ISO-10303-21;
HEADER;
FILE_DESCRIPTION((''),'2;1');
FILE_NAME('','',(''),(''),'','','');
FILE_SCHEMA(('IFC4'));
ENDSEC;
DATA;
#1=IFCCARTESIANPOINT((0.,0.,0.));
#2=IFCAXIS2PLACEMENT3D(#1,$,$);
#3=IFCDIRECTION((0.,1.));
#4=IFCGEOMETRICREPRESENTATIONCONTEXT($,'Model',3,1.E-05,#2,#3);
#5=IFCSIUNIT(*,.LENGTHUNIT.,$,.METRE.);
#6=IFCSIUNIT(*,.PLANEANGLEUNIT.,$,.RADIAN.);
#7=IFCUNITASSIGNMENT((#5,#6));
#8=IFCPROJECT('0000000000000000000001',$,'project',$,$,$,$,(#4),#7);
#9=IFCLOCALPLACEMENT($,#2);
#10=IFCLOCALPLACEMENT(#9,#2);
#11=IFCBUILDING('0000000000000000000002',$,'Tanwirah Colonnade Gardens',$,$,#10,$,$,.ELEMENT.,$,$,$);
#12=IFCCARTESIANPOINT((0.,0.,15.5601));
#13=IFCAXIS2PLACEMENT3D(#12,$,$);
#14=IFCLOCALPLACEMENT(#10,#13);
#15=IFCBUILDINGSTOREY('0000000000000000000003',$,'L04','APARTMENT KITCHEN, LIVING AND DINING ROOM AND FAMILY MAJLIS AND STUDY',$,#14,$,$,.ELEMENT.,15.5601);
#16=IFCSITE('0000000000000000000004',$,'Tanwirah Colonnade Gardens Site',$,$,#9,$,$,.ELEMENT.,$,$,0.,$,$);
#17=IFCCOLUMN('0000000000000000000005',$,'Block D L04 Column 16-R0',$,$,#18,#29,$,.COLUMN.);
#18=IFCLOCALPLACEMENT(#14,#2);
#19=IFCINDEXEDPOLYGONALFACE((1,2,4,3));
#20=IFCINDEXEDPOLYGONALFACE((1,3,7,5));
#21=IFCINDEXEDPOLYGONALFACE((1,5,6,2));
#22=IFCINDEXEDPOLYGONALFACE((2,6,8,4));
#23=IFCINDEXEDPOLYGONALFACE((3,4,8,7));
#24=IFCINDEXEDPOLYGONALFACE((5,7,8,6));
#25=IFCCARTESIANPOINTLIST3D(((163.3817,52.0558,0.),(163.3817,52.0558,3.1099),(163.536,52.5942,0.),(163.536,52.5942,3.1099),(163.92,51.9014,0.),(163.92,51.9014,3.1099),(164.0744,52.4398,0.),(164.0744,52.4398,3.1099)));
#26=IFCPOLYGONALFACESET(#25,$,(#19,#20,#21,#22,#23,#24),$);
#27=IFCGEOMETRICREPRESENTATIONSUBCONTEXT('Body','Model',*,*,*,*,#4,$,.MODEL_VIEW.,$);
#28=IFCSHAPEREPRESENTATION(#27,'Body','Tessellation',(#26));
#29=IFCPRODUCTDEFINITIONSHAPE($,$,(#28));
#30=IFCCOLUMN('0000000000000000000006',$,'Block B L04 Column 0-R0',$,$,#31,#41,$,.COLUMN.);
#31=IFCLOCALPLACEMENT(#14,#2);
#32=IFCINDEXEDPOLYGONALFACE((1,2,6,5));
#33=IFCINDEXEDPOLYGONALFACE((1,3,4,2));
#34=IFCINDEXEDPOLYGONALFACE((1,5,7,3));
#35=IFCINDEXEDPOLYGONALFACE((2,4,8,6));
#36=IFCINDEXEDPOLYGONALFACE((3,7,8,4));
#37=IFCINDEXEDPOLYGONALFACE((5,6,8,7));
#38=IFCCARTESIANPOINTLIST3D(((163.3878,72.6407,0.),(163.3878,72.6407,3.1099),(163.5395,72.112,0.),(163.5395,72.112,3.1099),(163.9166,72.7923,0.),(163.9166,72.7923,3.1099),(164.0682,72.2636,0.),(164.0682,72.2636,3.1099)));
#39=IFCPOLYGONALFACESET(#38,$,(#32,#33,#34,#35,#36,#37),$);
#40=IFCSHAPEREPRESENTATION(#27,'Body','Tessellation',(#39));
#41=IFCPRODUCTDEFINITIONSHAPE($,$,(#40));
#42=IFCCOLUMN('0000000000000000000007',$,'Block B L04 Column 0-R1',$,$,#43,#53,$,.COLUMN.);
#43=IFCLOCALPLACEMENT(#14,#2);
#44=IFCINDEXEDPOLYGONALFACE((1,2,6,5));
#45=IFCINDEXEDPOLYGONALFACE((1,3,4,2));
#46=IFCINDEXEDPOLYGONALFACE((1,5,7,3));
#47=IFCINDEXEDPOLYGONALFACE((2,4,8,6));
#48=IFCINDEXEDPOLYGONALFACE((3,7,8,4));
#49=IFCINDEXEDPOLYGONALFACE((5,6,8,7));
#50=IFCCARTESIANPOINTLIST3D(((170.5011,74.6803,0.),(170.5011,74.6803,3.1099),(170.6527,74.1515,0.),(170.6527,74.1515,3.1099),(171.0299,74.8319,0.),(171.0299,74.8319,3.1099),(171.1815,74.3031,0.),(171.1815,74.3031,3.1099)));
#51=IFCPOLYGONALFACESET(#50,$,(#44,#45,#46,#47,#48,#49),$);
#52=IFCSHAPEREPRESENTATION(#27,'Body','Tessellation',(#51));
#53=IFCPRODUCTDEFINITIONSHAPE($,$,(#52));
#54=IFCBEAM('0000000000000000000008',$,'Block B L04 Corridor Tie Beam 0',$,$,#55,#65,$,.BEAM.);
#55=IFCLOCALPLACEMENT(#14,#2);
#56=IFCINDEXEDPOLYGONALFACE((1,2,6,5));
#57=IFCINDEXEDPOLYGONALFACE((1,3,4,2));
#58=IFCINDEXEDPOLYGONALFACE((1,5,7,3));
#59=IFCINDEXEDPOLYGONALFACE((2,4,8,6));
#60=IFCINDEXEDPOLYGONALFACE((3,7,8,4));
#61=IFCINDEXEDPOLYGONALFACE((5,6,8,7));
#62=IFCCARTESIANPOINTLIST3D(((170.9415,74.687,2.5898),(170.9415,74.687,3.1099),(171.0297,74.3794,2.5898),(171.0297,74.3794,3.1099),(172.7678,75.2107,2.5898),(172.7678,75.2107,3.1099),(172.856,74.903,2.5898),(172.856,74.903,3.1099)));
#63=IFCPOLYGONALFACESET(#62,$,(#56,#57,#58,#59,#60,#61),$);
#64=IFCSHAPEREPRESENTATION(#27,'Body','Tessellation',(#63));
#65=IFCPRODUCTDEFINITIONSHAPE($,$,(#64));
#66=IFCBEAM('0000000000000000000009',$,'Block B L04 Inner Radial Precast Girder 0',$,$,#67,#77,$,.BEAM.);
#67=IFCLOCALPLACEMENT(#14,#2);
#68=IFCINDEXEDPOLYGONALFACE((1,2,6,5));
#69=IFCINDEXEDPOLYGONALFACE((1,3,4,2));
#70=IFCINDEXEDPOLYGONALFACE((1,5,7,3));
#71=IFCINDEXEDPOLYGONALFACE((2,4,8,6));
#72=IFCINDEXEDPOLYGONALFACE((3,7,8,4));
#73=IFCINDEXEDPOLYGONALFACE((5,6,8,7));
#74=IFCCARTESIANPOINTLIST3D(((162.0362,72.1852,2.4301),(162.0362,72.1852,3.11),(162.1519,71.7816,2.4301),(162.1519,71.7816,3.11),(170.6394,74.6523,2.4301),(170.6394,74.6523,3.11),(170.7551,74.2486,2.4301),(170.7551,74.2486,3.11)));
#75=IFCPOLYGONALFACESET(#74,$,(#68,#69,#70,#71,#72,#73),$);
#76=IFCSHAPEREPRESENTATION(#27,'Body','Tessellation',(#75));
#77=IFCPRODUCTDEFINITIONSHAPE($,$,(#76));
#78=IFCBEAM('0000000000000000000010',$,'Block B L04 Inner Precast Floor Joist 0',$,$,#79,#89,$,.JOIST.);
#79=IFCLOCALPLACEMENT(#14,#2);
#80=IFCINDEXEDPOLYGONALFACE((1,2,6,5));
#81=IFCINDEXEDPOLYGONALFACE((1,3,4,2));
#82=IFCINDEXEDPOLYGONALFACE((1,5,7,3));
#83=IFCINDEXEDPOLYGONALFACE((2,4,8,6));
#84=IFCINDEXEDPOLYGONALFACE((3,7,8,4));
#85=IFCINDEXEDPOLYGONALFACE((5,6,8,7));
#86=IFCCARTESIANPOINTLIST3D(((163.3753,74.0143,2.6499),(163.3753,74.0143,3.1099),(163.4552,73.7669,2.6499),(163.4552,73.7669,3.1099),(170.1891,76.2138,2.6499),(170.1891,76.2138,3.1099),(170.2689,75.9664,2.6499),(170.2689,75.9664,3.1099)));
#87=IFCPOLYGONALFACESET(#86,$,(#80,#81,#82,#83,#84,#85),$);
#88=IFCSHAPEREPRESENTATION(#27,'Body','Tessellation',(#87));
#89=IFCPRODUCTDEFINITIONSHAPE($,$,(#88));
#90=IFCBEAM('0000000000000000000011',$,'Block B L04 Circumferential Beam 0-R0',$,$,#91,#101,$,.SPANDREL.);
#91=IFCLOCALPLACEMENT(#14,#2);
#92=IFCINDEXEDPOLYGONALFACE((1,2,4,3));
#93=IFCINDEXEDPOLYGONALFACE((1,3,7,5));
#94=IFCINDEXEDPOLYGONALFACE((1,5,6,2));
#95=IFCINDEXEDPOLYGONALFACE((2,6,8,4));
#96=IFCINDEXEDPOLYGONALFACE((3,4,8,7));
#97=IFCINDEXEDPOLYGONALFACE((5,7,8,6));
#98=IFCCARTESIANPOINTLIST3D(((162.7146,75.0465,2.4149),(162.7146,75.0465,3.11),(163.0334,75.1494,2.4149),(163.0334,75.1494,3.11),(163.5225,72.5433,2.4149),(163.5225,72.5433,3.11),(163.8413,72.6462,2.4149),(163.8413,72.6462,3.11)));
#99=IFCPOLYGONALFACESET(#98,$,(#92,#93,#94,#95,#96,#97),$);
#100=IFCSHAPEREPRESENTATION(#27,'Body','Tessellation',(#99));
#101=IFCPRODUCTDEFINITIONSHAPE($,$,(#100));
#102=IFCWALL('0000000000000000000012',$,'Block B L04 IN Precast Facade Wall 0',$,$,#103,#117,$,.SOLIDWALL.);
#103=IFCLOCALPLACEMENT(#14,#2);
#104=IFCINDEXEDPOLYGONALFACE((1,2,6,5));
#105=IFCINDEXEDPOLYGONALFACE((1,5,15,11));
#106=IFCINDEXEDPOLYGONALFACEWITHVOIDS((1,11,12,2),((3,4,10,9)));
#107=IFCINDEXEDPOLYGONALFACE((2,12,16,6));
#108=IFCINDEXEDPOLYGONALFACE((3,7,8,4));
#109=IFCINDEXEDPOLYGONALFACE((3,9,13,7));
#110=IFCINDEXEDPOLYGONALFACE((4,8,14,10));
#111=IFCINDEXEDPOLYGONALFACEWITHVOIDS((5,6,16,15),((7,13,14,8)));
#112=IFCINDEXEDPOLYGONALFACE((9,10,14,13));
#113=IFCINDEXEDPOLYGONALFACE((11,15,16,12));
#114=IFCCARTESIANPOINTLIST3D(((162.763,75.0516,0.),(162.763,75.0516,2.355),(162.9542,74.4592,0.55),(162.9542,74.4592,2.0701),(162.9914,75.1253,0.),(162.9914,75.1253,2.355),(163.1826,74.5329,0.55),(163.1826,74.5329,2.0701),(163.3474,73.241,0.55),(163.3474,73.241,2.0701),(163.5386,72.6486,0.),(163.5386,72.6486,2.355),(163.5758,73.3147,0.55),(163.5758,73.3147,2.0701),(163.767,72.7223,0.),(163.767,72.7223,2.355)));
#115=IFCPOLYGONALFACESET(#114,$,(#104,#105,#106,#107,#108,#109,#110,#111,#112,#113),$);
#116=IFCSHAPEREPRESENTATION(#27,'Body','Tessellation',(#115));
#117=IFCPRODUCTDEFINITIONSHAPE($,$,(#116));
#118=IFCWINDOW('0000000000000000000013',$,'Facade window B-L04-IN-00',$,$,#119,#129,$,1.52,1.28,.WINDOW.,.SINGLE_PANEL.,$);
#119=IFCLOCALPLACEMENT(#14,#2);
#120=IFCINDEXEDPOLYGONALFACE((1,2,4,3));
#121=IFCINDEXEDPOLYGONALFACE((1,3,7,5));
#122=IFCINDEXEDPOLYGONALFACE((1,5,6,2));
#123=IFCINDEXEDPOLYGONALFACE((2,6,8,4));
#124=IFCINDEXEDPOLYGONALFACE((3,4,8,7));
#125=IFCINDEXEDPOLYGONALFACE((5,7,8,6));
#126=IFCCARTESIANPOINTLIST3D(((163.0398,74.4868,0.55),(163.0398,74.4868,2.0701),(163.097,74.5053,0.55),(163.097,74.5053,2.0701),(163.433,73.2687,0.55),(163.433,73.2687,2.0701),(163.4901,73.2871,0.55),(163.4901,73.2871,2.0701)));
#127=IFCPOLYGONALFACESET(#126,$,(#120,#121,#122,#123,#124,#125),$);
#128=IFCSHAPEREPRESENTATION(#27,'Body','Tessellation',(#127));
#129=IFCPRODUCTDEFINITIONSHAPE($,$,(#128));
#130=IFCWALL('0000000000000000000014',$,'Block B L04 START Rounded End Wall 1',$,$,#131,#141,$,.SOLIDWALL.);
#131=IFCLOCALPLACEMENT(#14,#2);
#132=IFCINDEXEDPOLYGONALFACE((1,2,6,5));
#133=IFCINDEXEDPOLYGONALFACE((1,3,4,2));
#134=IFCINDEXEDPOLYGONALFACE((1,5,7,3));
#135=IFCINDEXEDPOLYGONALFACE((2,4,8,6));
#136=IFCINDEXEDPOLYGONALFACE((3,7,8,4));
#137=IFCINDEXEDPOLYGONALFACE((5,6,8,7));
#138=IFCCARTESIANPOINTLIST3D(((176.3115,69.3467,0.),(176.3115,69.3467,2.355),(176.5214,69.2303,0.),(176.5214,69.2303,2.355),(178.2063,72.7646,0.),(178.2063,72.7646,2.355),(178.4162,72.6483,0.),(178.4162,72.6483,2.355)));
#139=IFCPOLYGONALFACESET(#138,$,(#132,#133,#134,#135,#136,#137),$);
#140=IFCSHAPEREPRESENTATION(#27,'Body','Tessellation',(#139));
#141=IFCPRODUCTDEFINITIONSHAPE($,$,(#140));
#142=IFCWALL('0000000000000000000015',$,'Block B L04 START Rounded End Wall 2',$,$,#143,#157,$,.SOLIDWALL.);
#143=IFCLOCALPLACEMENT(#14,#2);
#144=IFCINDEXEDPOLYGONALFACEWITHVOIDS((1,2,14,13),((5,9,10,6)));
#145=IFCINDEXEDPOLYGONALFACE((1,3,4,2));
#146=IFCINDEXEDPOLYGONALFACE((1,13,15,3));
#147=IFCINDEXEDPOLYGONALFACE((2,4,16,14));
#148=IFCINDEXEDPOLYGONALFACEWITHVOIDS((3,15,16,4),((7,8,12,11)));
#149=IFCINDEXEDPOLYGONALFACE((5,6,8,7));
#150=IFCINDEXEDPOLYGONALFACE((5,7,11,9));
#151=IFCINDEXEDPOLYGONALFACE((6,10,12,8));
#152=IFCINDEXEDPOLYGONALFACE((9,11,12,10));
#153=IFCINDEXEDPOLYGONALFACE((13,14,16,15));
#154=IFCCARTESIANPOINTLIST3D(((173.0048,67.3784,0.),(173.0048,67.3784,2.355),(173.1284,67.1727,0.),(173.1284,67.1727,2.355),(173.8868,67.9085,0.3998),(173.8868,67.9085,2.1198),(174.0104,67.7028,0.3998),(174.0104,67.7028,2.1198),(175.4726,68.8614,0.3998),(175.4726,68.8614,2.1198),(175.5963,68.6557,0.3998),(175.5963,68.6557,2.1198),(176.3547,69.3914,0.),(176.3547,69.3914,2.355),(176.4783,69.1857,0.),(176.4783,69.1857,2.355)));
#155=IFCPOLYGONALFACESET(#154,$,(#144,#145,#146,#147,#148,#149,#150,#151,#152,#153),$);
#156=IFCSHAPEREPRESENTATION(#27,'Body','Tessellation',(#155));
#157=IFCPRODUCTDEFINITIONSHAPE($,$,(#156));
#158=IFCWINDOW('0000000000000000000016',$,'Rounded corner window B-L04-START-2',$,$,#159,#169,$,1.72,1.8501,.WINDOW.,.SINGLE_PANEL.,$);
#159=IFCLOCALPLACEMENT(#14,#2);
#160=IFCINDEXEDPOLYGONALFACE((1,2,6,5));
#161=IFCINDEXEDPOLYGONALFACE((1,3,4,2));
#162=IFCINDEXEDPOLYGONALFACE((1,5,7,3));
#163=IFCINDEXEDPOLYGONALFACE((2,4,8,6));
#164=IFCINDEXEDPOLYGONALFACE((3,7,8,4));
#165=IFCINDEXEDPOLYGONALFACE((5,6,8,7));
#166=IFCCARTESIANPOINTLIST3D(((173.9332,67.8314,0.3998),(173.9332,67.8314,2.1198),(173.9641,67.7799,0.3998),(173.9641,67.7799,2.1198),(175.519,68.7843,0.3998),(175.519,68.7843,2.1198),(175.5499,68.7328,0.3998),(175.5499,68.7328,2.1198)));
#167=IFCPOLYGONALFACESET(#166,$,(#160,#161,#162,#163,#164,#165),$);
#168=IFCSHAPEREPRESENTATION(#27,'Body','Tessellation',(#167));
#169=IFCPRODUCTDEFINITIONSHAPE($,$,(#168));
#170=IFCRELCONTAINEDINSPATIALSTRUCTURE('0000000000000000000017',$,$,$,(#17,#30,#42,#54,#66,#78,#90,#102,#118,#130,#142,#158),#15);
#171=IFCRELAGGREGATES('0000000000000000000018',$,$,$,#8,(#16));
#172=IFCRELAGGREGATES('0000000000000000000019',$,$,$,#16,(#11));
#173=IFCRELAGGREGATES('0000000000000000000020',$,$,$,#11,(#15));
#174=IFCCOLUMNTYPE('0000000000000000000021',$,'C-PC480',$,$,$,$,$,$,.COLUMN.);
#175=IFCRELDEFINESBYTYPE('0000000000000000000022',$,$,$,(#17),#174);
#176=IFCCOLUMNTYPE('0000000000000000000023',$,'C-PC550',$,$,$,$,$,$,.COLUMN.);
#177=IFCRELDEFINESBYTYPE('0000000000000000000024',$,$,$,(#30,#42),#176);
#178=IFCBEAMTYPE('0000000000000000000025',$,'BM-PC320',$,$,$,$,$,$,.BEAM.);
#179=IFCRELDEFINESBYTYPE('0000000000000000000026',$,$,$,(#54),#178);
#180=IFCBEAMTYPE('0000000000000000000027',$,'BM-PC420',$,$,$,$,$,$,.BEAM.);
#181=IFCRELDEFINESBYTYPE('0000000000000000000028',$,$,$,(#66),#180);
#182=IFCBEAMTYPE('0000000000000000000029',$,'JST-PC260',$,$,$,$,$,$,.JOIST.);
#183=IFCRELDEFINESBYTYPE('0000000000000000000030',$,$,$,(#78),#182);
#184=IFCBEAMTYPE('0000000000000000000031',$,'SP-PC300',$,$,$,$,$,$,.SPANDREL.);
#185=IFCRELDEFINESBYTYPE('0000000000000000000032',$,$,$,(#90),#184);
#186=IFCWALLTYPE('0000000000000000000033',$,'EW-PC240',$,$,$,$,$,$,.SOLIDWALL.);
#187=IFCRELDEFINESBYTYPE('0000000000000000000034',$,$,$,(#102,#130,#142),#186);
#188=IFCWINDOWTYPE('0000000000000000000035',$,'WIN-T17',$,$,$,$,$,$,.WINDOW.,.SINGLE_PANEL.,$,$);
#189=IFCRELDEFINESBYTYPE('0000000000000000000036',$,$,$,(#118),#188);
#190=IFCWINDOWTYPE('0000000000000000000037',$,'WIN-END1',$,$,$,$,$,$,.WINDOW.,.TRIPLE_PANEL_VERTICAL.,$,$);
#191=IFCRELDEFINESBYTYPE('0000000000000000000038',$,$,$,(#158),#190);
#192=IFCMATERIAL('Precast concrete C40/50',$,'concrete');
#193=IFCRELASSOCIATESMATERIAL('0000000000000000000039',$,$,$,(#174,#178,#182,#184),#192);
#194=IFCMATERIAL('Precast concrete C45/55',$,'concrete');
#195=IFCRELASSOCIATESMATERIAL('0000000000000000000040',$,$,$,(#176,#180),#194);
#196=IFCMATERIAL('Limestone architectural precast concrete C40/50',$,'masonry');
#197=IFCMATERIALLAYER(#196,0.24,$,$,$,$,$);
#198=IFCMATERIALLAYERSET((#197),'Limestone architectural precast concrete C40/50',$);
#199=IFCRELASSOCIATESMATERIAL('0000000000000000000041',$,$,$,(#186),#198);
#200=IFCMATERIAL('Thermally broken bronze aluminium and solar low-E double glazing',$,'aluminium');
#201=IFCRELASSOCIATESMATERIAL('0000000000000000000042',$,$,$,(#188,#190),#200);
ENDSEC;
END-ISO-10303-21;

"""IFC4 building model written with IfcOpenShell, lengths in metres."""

from ifc_helpers import new_model, si_unit, direction, frame, frame_2d, origin, origin_2d, place, context, subcontext, project, spatial, rectangle, extrude, material, layer, layer_set, material_profile, profile_set, type_object, element, fill, save


model = new_model("IFC4")

# Units and contexts
model_context = context("Model", 3, precision=1e-05, world=origin(), true_north=direction((0.0, 1.0)))
body_context = subcontext(model_context, "Body", "Model", "MODEL_VIEW")
ifc_project = project(units=[si_unit("LENGTHUNIT", "METRE"), si_unit("PLANEANGLEUNIT", "RADIAN")], contexts=[model_context])

# Site, building, storey
site_placement = place(None, origin())
site = spatial("IfcSite", under=ifc_project, at=site_placement, Name="Tanwirah Colonnade Gardens Site", CompositionType="ELEMENT", RefElevation=0.0)
building_placement = place(site_placement, origin())
building = spatial("IfcBuilding", under=site, at=building_placement, Name="Tanwirah Colonnade Gardens", CompositionType="ELEMENT")
storey_placement = place(building_placement, frame((0.0, 0.0, 15.5601)))
storey = spatial("IfcBuildingStorey", under=building, at=storey_placement, Name="L04", Description="APARTMENT KITCHEN, LIVING AND DINING ROOM AND FAMILY MAJLIS AND STUDY", CompositionType="ELEMENT", Elevation=15.5601)

# Columns
ifc_material_1 = material(Name="Precast concrete C40/50", Category="concrete")
ifc_material_profile_1 = material_profile(ifc_material_1, rectangle(XDim=0.5601, YDim=0.5601, at=origin_2d()), Name="PC-COL 560x560")
ifc_profile_set_1 = profile_set([ifc_material_profile_1], Name="Precast concrete C40/50")
column_type_1 = type_object("IfcColumnType", Name="C-PC480", PredefinedType="COLUMN", material=ifc_profile_set_1)
column_placement = place(storey_placement, frame((163.728, 52.2478, 0.0), z_axis=(0.0, 0.0, 1.0), x_axis=(0.961262, -0.275637, 0.0)))
element("IfcColumn", 1, at=column_placement, inside=storey, type_object=column_type_1, Name="Block D L04 Column 16-R0", PredefinedType="COLUMN", context=body_context, shape_type="SweptSolid", body=[
    extrude(rectangle(XDim=0.5601, YDim=0.5601, at=origin_2d()), origin(), (0.0, 0.0, 1.0), 3.1099),
])
ifc_material_2 = material(Name="Precast concrete C45/55", Category="concrete")
ifc_material_profile_2 = material_profile(ifc_material_2, rectangle(XDim=0.55, YDim=0.55, at=origin_2d()), Name="PC-COL 550x550")
ifc_profile_set_2 = profile_set([ifc_material_profile_2], Name="Precast concrete C45/55")
column_type_2 = type_object("IfcColumnType", Name="C-PC550", PredefinedType="COLUMN", material=ifc_profile_set_2)
for number, where, z_axis, x_axis, name in (
    (2, (163.728, 72.4521, 0.0), (0.0, 0.0, 1.0), (0.961262, 0.275637, 0.0), "Block B L04 Column 0-R0"),
    (3, (170.8413, 74.4917, 0.0), (0.0, 0.0, 1.0), (0.961262, 0.275637, 0.0), "Block B L04 Column 0-R1"),
):
    element("IfcColumn", number, at=place(storey_placement, frame(where, z_axis=z_axis, x_axis=x_axis)), inside=storey, type_object=column_type_2, Name=name, PredefinedType="COLUMN", context=body_context, shape_type="SweptSolid", body=[
        extrude(rectangle(XDim=0.55, YDim=0.55, at=origin_2d()), origin(), (0.0, 0.0, 1.0), 3.1099),
    ])

# Beams
ifc_material_profile_3 = material_profile(ifc_material_1, rectangle(XDim=0.3201, YDim=0.52, at=origin_2d()), Name="PC-BM 320x520")
ifc_profile_set_3 = profile_set([ifc_material_profile_3], Name="Precast concrete C40/50")
beam_type_1 = type_object("IfcBeamType", Name="BM-PC320", PredefinedType="BEAM", material=ifc_profile_set_3)
beam_1_placement = place(storey_placement, frame((170.9856, 74.5332, 2.8499), z_axis=(0.961267, 0.27562, 0.0), x_axis=(-0.27562, 0.961267, 0.0)))
element("IfcBeam", 4, at=beam_1_placement, inside=storey, type_object=beam_type_1, Name="Block B L04 Corridor Tie Beam 0", PredefinedType="BEAM", context=body_context, shape_type="SweptSolid", body=[
    extrude(rectangle(XDim=0.3201, YDim=0.52, at=origin_2d()), origin(), (0.0, 0.0, 1.0), 1.8999),
])
ifc_material_profile_4 = material_profile(ifc_material_2, rectangle(XDim=0.4199, YDim=0.6799, at=origin_2d()), Name="PC-BM 420x680")
ifc_profile_set_4 = profile_set([ifc_material_profile_4], Name="Precast concrete C45/55")
beam_type_2 = type_object("IfcBeamType", Name="BM-PC420", PredefinedType="BEAM", material=ifc_profile_set_4)
beam_2_placement = place(storey_placement, frame((170.6973, 74.4504, 2.77), z_axis=(-0.961259, -0.275647, 0.0), x_axis=(0.275647, -0.961259, 0.0)))
element("IfcBeam", 5, at=beam_2_placement, inside=storey, type_object=beam_type_2, Name="Block B L04 Inner Radial Precast Girder 0", PredefinedType="BEAM", context=body_context, shape_type="SweptSolid", body=[
    extrude(rectangle(XDim=0.4199, YDim=0.6799, at=origin_2d()), origin(), (0.0, 0.0, 1.0), 8.95),
])
ifc_material_profile_5 = material_profile(ifc_material_1, rectangle(XDim=0.26, YDim=0.46, at=origin_2d()), Name="PC-JST 260x460")
ifc_profile_set_5 = profile_set([ifc_material_profile_5], Name="Precast concrete C40/50")
beam_type_3 = type_object("IfcBeamType", Name="JST-PC260", PredefinedType="JOIST", material=ifc_profile_set_5)
beam_3_placement = place(storey_placement, frame((163.4153, 73.8906, 2.8799), z_axis=(0.951648, 0.307191, 0.0), x_axis=(-0.307191, 0.951648, 0.0)))
element("IfcBeam", 6, at=beam_3_placement, inside=storey, type_object=beam_type_3, Name="Block B L04 Inner Precast Floor Joist 0", PredefinedType="JOIST", context=body_context, shape_type="SweptSolid", body=[
    extrude(rectangle(XDim=0.26, YDim=0.46, at=origin_2d()), origin(), (0.0, 0.0, 1.0), 7.1599),
])
ifc_material_profile_6 = material_profile(ifc_material_1, rectangle(XDim=0.335, YDim=0.6951, at=origin_2d()), Name="PC-SP 335x695")
ifc_profile_set_6 = profile_set([ifc_material_profile_6], Name="Precast concrete C40/50")
beam_type_4 = type_object("IfcBeamType", Name="SP-PC300", PredefinedType="SPANDREL", material=ifc_profile_set_6)
beam_4_placement = place(storey_placement, frame((163.6819, 72.5947, 2.7625), z_axis=(-0.307136, 0.951666, 0.0), x_axis=(-0.951666, -0.307136, 0.0)))
element("IfcBeam", 7, at=beam_4_placement, inside=storey, type_object=beam_type_4, Name="Block B L04 Circumferential Beam 0-R0", PredefinedType="SPANDREL", context=body_context, shape_type="SweptSolid", body=[
    extrude(rectangle(XDim=0.335, YDim=0.6951, at=origin_2d()), origin(), (0.0, 0.0, 1.0), 2.6304),
])

# Wall, opening, window
ifc_material_3 = material(Name="Limestone architectural precast concrete C40/50", Category="masonry")
ifc_layer_1 = layer(ifc_material_3, 0.24)
ifc_layer_set_1 = layer_set([ifc_layer_1], Name="Limestone architectural precast concrete C40/50")
wall_type_1 = type_object("IfcWallType", Name="EW-PC240", PredefinedType="SOLIDWALL", material=ifc_layer_set_1)
wall_1_placement = place(storey_placement, frame((163.6528, 72.6853, 0.0), z_axis=(0.0, 0.0, 1.0), x_axis=(-0.307164, 0.951657, 0.0)))
wall_1 = element("IfcWall", 8, at=wall_1_placement, inside=storey, type_object=wall_type_1, Name="Block B L04 IN Precast Facade Wall 0", PredefinedType="SOLIDWALL", context=body_context, shape_type="SweptSolid", body=[
    extrude(rectangle(XDim=2.5251, YDim=0.24, at=frame_2d((1.2627, 0.0))), origin(), (0.0, 0.0, 1.0), 2.355),
])
opening_1_placement = place(wall_1_placement, frame((0.6226, 0.0, 0.55)))
opening_1 = element("IfcOpeningElement", 9, at=opening_1_placement, cuts=wall_1, PredefinedType="OPENING", context=body_context, shape_type="SweptSolid", body=[
    extrude(rectangle(XDim=1.28, YDim=1.52, at=frame_2d((0.6401, 0.76))), frame((0.0, 0.1299, 0.0), z_axis=(0.0, -1.0, 0.0), x_axis=(1.0, 0.0, 0.0)), (0.0, 0.0, 1.0), 0.26),
])
ifc_material_4 = material(Name="Thermally broken bronze aluminium and solar low-E double glazing", Category="aluminium")
window_type_1 = type_object("IfcWindowType", Name="WIN-T17", PartitioningType="SINGLE_PANEL", PredefinedType="WINDOW", material=ifc_material_4)
window_1_placement = place(opening_1_placement, origin())
window_1 = element("IfcWindow", 10, at=window_1_placement, inside=storey, type_object=window_type_1, Name="Facade window B-L04-IN-00", OverallHeight=1.52, OverallWidth=1.28, PartitioningType="SINGLE_PANEL", PredefinedType="WINDOW", context=body_context, shape_type="SweptSolid", body=[
    extrude(rectangle(XDim=1.28, YDim=1.52, at=frame_2d((0.6401, 0.76))), frame((0.0, 0.03, 0.0), z_axis=(0.0, -1.0, 0.0), x_axis=(1.0, 0.0, 0.0)), (0.0, 0.0, 1.0), 0.0601),
])
fill(opening_1, window_1)

# Wall
wall_2_placement = place(storey_placement, frame((178.3113, 72.7065, 0.0), z_axis=(0.0, 0.0, 1.0), x_axis=(-0.484842, -0.874602, 0.0)))
element("IfcWall", 11, at=wall_2_placement, inside=storey, type_object=wall_type_1, Name="Block B L04 START Rounded End Wall 1", PredefinedType="SOLIDWALL", context=body_context, shape_type="SweptSolid", body=[
    extrude(rectangle(XDim=3.908, YDim=0.24, at=frame_2d((1.9541, 0.0))), origin(), (0.0, 0.0, 1.0), 2.355),
])

# Wall, opening, window
wall_3_placement = place(storey_placement, frame((176.4165, 69.2886, 0.0), z_axis=(0.0, 0.0, 1.0), x_axis=(-0.857151, -0.515065, 0.0)))
wall_3 = element("IfcWall", 12, at=wall_3_placement, inside=storey, type_object=wall_type_1, Name="Block B L04 START Rounded End Wall 2", PredefinedType="SOLIDWALL", context=body_context, shape_type="SweptSolid", body=[
    extrude(rectangle(XDim=3.9082, YDim=0.24, at=frame_2d((1.9541, 0.0))), origin(), (0.0, 0.0, 1.0), 2.355),
])
opening_2_placement = place(wall_3_placement, frame((1.0291, 0.0, 0.3999)))
opening_2 = element("IfcOpeningElement", 13, at=opening_2_placement, cuts=wall_3, PredefinedType="OPENING", context=body_context, shape_type="SweptSolid", body=[
    extrude(rectangle(XDim=1.8501, YDim=1.72, at=frame_2d((0.925, 0.8599))), frame((0.0, 0.1299, 0.0), z_axis=(0.0, -1.0, 0.0), x_axis=(1.0, 0.0, 0.0)), (0.0, 0.0, 1.0), 0.26),
])
window_type_2 = type_object("IfcWindowType", Name="WIN-END1", PartitioningType="TRIPLE_PANEL_VERTICAL", PredefinedType="WINDOW", material=ifc_material_4)
window_2_placement = place(opening_2_placement, origin())
window_2 = element("IfcWindow", 14, at=window_2_placement, inside=storey, type_object=window_type_2, Name="Rounded corner window B-L04-START-2", OverallHeight=1.72, OverallWidth=1.8501, PartitioningType="SINGLE_PANEL", PredefinedType="WINDOW", context=body_context, shape_type="SweptSolid", body=[
    extrude(rectangle(XDim=1.8501, YDim=1.72, at=frame_2d((0.925, 0.8599))), frame((0.0, 0.03, 0.0), z_axis=(0.0, -1.0, 0.0), x_axis=(1.0, 0.0, 0.0)), (0.0, 0.0, 1.0), 0.0601),
])
fill(opening_2, window_2)

save(model, "model.ifc")
